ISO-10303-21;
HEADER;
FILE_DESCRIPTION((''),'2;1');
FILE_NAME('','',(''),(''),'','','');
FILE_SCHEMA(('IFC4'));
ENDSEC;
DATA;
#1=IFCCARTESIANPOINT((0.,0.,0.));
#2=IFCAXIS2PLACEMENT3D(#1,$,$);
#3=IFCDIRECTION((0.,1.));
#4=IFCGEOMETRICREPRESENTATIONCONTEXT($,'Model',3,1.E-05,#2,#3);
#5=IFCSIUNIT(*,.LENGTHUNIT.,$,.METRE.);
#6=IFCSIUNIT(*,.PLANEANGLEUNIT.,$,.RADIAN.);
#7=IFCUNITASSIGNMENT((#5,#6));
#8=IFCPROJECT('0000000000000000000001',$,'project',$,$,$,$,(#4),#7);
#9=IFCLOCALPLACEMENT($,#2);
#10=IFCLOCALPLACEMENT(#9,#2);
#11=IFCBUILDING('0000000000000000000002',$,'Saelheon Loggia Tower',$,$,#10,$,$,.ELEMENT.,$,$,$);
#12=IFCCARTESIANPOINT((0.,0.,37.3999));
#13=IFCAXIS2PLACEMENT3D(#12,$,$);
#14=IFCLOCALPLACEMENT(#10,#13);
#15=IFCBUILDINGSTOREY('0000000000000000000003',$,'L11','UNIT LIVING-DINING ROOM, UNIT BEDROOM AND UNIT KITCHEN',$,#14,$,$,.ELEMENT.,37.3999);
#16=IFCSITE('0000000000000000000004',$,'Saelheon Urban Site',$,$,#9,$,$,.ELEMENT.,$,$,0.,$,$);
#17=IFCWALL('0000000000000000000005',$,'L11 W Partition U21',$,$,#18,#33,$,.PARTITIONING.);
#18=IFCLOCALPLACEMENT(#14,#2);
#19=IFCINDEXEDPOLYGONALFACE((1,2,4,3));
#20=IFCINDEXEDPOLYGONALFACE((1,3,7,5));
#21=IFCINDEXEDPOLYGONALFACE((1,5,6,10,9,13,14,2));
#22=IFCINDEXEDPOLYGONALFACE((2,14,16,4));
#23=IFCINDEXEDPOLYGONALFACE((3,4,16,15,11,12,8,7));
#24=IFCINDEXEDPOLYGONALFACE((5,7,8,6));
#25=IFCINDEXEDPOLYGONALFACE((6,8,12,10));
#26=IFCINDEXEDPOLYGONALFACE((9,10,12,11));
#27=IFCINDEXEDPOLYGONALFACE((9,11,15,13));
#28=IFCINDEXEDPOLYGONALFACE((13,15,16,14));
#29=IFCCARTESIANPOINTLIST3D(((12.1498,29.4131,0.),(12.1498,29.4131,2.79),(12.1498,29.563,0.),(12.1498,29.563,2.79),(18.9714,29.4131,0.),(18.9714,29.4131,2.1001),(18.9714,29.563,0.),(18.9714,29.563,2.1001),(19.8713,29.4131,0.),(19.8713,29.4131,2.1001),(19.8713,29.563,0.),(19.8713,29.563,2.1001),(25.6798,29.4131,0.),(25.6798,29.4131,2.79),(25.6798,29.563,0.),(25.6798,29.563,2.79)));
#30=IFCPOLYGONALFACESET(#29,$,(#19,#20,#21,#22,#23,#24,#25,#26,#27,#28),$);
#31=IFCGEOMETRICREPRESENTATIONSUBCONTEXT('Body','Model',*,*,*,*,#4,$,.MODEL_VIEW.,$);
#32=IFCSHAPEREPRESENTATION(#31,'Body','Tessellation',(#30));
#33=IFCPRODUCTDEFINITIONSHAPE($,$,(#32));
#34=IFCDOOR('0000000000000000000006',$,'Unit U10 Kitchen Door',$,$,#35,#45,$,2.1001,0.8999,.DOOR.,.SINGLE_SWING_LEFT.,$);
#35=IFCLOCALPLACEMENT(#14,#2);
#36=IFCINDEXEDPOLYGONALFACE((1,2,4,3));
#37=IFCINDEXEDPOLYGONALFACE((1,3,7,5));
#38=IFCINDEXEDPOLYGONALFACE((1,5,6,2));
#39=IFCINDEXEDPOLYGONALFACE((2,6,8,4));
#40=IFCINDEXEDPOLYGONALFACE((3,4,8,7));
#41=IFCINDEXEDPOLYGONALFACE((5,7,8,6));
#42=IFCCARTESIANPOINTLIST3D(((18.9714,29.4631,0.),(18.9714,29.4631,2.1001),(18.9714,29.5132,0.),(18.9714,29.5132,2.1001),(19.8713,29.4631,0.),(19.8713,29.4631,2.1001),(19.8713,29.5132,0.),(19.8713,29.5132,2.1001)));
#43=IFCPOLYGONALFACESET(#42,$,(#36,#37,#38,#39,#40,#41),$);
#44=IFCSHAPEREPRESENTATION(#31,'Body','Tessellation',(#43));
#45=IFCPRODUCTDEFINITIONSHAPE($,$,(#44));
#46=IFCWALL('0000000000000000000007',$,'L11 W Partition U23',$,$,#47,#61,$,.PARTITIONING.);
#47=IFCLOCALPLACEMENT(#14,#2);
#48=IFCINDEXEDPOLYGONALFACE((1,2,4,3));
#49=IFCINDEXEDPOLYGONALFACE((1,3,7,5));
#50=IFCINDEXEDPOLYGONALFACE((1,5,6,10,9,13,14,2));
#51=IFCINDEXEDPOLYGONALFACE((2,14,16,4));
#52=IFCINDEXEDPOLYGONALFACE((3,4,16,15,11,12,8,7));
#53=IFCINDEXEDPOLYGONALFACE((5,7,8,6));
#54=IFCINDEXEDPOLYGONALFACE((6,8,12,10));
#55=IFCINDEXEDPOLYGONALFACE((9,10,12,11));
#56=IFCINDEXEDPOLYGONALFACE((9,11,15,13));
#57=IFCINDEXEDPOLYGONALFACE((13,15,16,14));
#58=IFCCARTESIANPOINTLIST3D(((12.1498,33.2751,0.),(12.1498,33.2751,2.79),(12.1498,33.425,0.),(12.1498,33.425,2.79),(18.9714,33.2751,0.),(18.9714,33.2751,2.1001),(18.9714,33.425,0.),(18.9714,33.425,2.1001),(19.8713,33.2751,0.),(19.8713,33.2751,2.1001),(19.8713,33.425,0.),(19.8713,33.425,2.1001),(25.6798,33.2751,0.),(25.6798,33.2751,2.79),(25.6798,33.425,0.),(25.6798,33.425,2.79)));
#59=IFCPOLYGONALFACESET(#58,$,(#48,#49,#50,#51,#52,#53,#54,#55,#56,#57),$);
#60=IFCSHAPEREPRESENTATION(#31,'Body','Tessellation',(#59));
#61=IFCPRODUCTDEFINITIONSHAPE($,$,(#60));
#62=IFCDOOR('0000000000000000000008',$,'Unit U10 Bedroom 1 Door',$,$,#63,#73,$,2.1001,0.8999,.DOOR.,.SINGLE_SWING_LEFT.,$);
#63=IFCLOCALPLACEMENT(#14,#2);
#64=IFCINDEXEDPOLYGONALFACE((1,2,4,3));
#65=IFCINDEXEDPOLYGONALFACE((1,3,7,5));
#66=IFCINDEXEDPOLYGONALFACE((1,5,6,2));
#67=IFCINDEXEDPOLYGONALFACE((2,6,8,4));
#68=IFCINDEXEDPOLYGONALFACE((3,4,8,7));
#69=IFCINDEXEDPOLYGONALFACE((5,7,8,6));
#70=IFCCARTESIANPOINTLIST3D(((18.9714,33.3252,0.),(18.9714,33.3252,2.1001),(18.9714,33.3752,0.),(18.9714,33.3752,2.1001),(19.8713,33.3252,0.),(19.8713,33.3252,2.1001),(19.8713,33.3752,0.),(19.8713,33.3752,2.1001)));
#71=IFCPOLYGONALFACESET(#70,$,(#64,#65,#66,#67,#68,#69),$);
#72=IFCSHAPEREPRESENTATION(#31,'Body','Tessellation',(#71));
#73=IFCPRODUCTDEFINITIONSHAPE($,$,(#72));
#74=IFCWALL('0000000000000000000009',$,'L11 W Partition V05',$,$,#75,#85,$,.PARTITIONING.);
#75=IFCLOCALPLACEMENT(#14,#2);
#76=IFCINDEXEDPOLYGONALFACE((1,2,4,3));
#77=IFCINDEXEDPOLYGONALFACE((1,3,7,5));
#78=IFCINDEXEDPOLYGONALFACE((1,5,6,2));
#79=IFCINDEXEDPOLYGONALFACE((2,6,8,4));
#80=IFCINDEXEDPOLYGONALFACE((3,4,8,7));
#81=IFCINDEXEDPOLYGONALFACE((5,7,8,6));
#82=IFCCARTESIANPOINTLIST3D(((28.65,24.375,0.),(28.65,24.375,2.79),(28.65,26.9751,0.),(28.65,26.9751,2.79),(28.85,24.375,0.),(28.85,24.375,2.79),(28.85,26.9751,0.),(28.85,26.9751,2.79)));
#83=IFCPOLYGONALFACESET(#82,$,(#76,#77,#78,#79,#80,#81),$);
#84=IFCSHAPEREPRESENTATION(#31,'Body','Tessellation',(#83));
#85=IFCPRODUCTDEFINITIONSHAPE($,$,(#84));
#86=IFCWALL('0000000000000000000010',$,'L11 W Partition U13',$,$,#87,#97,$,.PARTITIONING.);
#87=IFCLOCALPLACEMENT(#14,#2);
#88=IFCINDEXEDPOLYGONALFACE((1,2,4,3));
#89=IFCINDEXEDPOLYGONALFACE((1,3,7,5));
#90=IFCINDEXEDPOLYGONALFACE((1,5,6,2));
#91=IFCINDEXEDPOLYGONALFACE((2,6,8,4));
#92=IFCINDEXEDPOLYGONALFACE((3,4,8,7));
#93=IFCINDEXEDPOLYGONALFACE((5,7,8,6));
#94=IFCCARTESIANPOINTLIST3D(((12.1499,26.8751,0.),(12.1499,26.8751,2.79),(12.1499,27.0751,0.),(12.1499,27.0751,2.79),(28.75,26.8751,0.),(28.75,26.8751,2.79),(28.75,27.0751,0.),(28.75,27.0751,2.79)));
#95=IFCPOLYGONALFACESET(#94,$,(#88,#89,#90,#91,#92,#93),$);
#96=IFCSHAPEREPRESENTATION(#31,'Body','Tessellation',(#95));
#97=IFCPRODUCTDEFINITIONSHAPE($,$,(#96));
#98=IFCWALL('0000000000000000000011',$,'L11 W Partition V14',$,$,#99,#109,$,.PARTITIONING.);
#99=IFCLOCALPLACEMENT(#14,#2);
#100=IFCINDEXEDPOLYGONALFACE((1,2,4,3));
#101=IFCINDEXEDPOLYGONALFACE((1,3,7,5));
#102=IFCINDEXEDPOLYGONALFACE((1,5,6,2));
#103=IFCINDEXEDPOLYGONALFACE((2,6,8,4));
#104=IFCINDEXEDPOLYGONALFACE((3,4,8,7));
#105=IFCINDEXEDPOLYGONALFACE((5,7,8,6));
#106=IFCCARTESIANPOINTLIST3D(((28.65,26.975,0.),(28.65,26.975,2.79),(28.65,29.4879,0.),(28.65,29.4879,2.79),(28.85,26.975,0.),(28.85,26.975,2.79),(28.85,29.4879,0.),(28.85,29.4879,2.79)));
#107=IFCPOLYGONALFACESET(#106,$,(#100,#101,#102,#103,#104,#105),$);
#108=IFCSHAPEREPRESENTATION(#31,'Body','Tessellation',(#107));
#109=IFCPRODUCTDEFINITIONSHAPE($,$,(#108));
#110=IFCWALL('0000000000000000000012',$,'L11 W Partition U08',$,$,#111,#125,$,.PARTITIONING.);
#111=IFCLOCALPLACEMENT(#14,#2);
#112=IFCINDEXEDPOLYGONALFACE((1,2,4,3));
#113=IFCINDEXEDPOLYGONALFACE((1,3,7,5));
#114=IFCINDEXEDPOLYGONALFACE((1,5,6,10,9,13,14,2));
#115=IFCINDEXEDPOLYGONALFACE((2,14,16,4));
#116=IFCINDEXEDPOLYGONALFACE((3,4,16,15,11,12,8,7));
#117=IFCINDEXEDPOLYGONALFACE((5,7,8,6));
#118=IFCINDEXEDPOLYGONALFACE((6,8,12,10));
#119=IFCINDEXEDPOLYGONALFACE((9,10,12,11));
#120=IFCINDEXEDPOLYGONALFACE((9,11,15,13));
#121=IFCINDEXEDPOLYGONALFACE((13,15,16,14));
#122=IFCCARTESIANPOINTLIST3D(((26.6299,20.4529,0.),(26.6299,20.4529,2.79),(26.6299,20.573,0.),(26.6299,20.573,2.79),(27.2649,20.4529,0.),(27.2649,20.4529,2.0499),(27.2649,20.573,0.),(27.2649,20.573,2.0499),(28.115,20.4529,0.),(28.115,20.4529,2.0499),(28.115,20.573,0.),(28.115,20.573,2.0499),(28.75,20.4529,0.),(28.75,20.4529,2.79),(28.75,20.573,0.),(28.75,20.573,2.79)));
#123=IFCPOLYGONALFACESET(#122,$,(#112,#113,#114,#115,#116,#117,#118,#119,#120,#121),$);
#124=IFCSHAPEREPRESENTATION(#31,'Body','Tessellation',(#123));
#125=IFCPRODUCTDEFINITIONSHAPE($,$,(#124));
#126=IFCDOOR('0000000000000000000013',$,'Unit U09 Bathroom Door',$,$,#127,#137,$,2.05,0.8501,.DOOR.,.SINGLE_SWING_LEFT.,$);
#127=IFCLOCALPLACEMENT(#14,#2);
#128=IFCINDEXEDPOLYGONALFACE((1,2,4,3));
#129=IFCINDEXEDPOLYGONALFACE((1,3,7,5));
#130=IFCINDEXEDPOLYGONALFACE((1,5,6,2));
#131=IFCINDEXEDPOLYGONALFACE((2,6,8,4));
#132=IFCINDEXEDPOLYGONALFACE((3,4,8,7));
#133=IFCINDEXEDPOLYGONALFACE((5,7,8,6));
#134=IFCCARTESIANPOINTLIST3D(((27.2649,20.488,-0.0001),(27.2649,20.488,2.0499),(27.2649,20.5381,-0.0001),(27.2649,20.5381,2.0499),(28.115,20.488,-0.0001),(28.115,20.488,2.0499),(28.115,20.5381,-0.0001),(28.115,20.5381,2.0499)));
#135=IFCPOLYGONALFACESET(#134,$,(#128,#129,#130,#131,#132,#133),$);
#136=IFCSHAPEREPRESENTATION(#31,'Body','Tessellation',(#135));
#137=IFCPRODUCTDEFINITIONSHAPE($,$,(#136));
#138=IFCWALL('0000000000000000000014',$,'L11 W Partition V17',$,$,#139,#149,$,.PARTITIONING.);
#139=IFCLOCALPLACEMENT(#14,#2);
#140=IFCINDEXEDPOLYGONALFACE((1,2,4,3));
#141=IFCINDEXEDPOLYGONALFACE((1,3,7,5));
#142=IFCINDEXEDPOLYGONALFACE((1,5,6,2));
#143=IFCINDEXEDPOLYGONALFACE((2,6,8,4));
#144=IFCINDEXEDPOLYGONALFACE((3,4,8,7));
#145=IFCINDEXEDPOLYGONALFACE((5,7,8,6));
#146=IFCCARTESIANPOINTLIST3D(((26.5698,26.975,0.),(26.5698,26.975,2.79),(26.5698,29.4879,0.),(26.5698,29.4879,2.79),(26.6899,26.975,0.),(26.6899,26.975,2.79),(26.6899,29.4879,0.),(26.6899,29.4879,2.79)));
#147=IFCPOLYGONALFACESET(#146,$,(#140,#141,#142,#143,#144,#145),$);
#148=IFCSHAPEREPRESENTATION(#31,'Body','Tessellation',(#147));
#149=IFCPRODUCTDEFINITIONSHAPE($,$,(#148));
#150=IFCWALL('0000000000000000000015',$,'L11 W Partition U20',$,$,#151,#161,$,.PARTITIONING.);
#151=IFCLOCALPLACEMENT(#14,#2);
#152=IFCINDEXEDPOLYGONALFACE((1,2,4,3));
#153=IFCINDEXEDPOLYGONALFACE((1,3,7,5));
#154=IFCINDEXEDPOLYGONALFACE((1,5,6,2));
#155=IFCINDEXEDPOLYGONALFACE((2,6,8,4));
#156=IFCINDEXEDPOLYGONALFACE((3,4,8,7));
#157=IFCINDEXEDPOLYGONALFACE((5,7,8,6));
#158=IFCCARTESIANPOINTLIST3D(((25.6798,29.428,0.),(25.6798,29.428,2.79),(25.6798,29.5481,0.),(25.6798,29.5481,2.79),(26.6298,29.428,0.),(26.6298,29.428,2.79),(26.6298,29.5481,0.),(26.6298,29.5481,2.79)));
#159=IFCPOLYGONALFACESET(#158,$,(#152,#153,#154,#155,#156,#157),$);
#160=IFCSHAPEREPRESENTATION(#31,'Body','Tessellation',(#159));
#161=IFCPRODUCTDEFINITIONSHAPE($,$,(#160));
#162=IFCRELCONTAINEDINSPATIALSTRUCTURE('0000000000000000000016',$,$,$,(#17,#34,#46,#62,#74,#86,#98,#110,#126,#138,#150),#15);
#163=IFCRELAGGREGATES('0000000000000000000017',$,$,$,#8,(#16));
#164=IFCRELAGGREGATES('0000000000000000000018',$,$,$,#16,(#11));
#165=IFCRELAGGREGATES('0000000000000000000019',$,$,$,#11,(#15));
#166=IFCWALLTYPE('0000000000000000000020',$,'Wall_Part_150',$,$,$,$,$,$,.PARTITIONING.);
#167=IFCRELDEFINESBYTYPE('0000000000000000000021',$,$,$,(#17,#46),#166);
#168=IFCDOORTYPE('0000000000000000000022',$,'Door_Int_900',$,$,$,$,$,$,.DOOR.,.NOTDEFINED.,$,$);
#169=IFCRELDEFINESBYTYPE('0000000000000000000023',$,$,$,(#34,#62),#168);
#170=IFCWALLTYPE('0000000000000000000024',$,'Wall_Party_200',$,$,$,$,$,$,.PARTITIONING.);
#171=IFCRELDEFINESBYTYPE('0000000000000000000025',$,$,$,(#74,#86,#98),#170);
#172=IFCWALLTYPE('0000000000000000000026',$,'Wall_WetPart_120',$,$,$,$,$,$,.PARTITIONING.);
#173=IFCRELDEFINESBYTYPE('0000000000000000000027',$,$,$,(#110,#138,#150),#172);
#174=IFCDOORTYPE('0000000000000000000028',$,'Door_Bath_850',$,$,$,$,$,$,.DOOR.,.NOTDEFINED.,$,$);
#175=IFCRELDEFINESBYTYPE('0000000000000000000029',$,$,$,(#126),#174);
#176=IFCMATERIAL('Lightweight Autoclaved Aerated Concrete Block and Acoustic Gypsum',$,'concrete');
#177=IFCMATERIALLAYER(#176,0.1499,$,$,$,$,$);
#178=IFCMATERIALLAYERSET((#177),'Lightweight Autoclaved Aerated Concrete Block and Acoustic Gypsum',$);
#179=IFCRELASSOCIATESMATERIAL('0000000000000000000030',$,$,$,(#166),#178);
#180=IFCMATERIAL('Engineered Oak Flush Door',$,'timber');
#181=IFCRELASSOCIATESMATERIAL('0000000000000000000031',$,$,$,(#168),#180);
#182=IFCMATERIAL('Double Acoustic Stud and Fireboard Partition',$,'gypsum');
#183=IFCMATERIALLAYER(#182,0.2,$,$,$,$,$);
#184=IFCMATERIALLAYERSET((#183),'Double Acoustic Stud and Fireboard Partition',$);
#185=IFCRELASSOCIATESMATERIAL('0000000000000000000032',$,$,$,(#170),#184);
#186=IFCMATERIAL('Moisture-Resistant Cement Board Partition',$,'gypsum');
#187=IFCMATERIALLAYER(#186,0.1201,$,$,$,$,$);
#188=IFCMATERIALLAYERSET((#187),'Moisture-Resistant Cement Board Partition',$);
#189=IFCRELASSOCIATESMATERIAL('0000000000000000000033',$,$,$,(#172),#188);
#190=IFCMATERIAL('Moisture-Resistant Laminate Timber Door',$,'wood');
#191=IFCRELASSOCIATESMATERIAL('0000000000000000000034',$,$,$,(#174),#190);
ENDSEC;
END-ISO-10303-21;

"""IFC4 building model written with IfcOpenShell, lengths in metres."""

from ifc_helpers import new_model, si_unit, direction, frame, frame_2d, origin, place, context, subcontext, project, spatial, rectangle, extrude, source, transform, mapped, material, layer, layer_set, type_object, element, fill, save


model = new_model("IFC4")

# Units and contexts
model_context = context("Model", 3, precision=1e-05, world=origin(), true_north=direction((0.0, 1.0)))
body_context = subcontext(model_context, "Body", "Model", "MODEL_VIEW")
ifc_project = project(units=[si_unit("LENGTHUNIT", "METRE"), si_unit("PLANEANGLEUNIT", "RADIAN")], contexts=[model_context])

# Site, building, storey
site_placement = place(None, origin())
site = spatial("IfcSite", under=ifc_project, at=site_placement, Name="Saelheon Urban Site", CompositionType="ELEMENT", RefElevation=0.0)
building_placement = place(site_placement, origin())
building = spatial("IfcBuilding", under=site, at=building_placement, Name="Saelheon Loggia Tower", CompositionType="ELEMENT")
storey_placement = place(building_placement, frame((0.0, 0.0, 37.3999)))
storey = spatial("IfcBuildingStorey", under=building, at=storey_placement, Name="L11", Description="UNIT LIVING-DINING ROOM, UNIT BEDROOM AND UNIT KITCHEN", CompositionType="ELEMENT", Elevation=37.3999)

# Shared definitions
ifc_material_1 = material(Name="Lightweight Autoclaved Aerated Concrete Block and Acoustic Gypsum", Category="concrete")
ifc_layer_1 = layer(ifc_material_1, 0.1499)
ifc_layer_set_1 = layer_set([ifc_layer_1], Name="Lightweight Autoclaved Aerated Concrete Block and Acoustic Gypsum")
wall_type_1 = type_object("IfcWallType", Name="Wall_Part_150", PredefinedType="PARTITIONING", material=ifc_layer_set_1)

# Shared definitions
ifc_material_2 = material(Name="Engineered Oak Flush Door", Category="timber")
door_type_1 = type_object("IfcDoorType", Name="Door_Int_900", OperationType="NOTDEFINED", PredefinedType="DOOR", material=ifc_material_2)
shared_shape_1 = source(origin(), body_context, "Body", "SweptSolid", [
    extrude(rectangle(XDim=0.8999, YDim=2.1001, at=frame_2d((0.45, 1.05))), frame((0.0, 0.0249, 0.0), z_axis=(0.0, -1.0, 0.0), x_axis=(1.0, 0.0, 0.0)), (0.0, 0.0, 1.0), 0.05),
])

# Walls, openings, doors
wall_1_placement = place(storey_placement, frame((25.6799, 29.488, 0.0), z_axis=(0.0, 0.0, 1.0), x_axis=(-1.0, 0.0, 0.0)))
wall_1 = element("IfcWall", 1, at=wall_1_placement, inside=storey, type_object=wall_type_1, Name="L11 W Partition U21", PredefinedType="PARTITIONING", context=body_context, shape_type="SweptSolid", body=[
    extrude(rectangle(XDim=13.53, YDim=0.1499, at=frame_2d((6.7651, 0.0))), origin(), (0.0, 0.0, 1.0), 2.79),
])
opening_1_placement = place(wall_1_placement, frame((5.8086, 0.0, 0.0)))
opening_1 = element("IfcOpeningElement", 2, at=opening_1_placement, cuts=wall_1, PredefinedType="OPENING", context=body_context, shape_type="SweptSolid", body=[
    extrude(rectangle(XDim=0.8999, YDim=2.1001, at=frame_2d((0.45, 1.05))), frame((0.0, 0.0869, 0.0), z_axis=(0.0, -1.0, 0.0), x_axis=(1.0, 0.0, 0.0)), (0.0, 0.0, 1.0), 0.1738),
])
door_1_placement = place(opening_1_placement, origin())
door_1 = element("IfcDoor", 3, at=door_1_placement, inside=storey, type_object=door_type_1, Name="Unit U10 Kitchen Door", OperationType="SINGLE_SWING_LEFT", OverallHeight=2.1001, OverallWidth=0.8999, PredefinedType="DOOR", context=body_context, shape_type="MappedRepresentation", body=[
    mapped(shared_shape_1, transform((0.0, 0.0, 0.0), scale=1.0)),
])
fill(opening_1, door_1)
wall_2_placement = place(storey_placement, frame((25.6799, 33.3501, 0.0), z_axis=(0.0, 0.0, 1.0), x_axis=(-1.0, 0.0, 0.0)))
wall_2 = element("IfcWall", 4, at=wall_2_placement, inside=storey, type_object=wall_type_1, Name="L11 W Partition U23", PredefinedType="PARTITIONING", context=body_context, shape_type="SweptSolid", body=[
    extrude(rectangle(XDim=13.53, YDim=0.1499, at=frame_2d((6.7651, 0.0))), origin(), (0.0, 0.0, 1.0), 2.79),
])
opening_2_placement = place(wall_2_placement, frame((5.8086, 0.0, 0.0)))
opening_2 = element("IfcOpeningElement", 5, at=opening_2_placement, cuts=wall_2, PredefinedType="OPENING", context=body_context, shape_type="SweptSolid", body=[
    extrude(rectangle(XDim=0.8999, YDim=2.1001, at=frame_2d((0.45, 1.05))), frame((0.0, 0.0869, 0.0), z_axis=(0.0, -1.0, 0.0), x_axis=(1.0, 0.0, 0.0)), (0.0, 0.0, 1.0), 0.1738),
])
door_2_placement = place(opening_2_placement, origin())
door_2 = element("IfcDoor", 6, at=door_2_placement, inside=storey, type_object=door_type_1, Name="Unit U10 Bedroom 1 Door", OperationType="SINGLE_SWING_LEFT", OverallHeight=2.1001, OverallWidth=0.8999, PredefinedType="DOOR", context=body_context, shape_type="MappedRepresentation", body=[
    mapped(shared_shape_1, transform((0.0, 0.0, 0.0), scale=1.0)),
])
fill(opening_2, door_2)
ifc_material_3 = material(Name="Double Acoustic Stud and Fireboard Partition", Category="gypsum")
ifc_layer_2 = layer(ifc_material_3, 0.2)
ifc_layer_set_2 = layer_set([ifc_layer_2], Name="Double Acoustic Stud and Fireboard Partition")
wall_type_2 = type_object("IfcWallType", Name="Wall_Party_200", PredefinedType="PARTITIONING", material=ifc_layer_set_2)

# Walls
wall_3_placement = place(storey_placement, frame((28.75, 24.375, 0.0), z_axis=(0.0, 0.0, 1.0), x_axis=(0.0, 1.0, 0.0)))
element("IfcWall", 7, at=wall_3_placement, inside=storey, type_object=wall_type_2, Name="L11 W Partition V05", PredefinedType="PARTITIONING", context=body_context, shape_type="SweptSolid", body=[
    extrude(rectangle(XDim=2.6001, YDim=0.2, at=frame_2d((1.3, 0.0))), origin(), (0.0, 0.0, 1.0), 2.79),
])
wall_4_placement = place(storey_placement, frame((28.75, 26.9751, 0.0), z_axis=(0.0, 0.0, 1.0), x_axis=(-1.0, 0.0, 0.0)))
element("IfcWall", 8, at=wall_4_placement, inside=storey, type_object=wall_type_2, Name="L11 W Partition U13", PredefinedType="PARTITIONING", context=body_context, shape_type="SweptSolid", body=[
    extrude(rectangle(XDim=16.6001, YDim=0.2, at=frame_2d((8.3, 0.0))), origin(), (0.0, 0.0, 1.0), 2.79),
])
wall_5_placement = place(storey_placement, frame((28.75, 26.9751, 0.0), z_axis=(0.0, 0.0, 1.0), x_axis=(0.0, 1.0, 0.0)))
element("IfcWall", 9, at=wall_5_placement, inside=storey, type_object=wall_type_2, Name="L11 W Partition V14", PredefinedType="PARTITIONING", context=body_context, shape_type="SweptSolid", body=[
    extrude(rectangle(XDim=2.5129, YDim=0.2, at=frame_2d((1.2563, 0.0))), origin(), (0.0, 0.0, 1.0), 2.79),
])

# Wall, opening, door
ifc_material_4 = material(Name="Moisture-Resistant Cement Board Partition", Category="gypsum")
ifc_layer_3 = layer(ifc_material_4, 0.1201)
ifc_layer_set_3 = layer_set([ifc_layer_3], Name="Moisture-Resistant Cement Board Partition")
wall_type_3 = type_object("IfcWallType", Name="Wall_WetPart_120", PredefinedType="PARTITIONING", material=ifc_layer_set_3)
wall_6_placement = place(storey_placement, frame((28.75, 20.5129, 0.0), z_axis=(0.0, 0.0, 1.0), x_axis=(-1.0, 0.0, 0.0)))
wall_6 = element("IfcWall", 10, at=wall_6_placement, inside=storey, type_object=wall_type_3, Name="L11 W Partition U08", PredefinedType="PARTITIONING", context=body_context, shape_type="SweptSolid", body=[
    extrude(rectangle(XDim=2.1201, YDim=0.1201, at=frame_2d((1.0601, 0.0))), origin(), (0.0, 0.0, 1.0), 2.79),
])
opening_3_placement = place(wall_6_placement, frame((0.635, 0.0, 0.0)))
opening_3 = element("IfcOpeningElement", 11, at=opening_3_placement, cuts=wall_6, PredefinedType="OPENING", context=body_context, shape_type="SweptSolid", body=[
    extrude(rectangle(XDim=0.8501, YDim=2.05, at=frame_2d((0.425, 1.0249))), frame((0.0, 0.072, 0.0), z_axis=(0.0, -1.0, 0.0), x_axis=(1.0, 0.0, 0.0)), (0.0, 0.0, 1.0), 0.144),
])
ifc_material_5 = material(Name="Moisture-Resistant Laminate Timber Door", Category="wood")
door_type_2 = type_object("IfcDoorType", Name="Door_Bath_850", OperationType="NOTDEFINED", PredefinedType="DOOR", material=ifc_material_5)
shared_shape_2 = source(origin(), body_context, "Body", "SweptSolid", [
    extrude(rectangle(XDim=0.8501, YDim=2.05, at=frame_2d((0.425, 1.0249))), frame((0.0, 0.0249, 0.0), z_axis=(0.0, -1.0, 0.0), x_axis=(1.0, 0.0, 0.0)), (0.0, 0.0, 1.0), 0.05),
])
door_3_placement = place(opening_3_placement, origin())
door_3 = element("IfcDoor", 12, at=door_3_placement, inside=storey, type_object=door_type_2, Name="Unit U09 Bathroom Door", OperationType="SINGLE_SWING_LEFT", OverallHeight=2.05, OverallWidth=0.8501, PredefinedType="DOOR", context=body_context, shape_type="MappedRepresentation", body=[
    mapped(shared_shape_2, transform((0.0, 0.0, 0.0), scale=1.0)),
])
fill(opening_3, door_3)

# Walls
wall_7_placement = place(storey_placement, frame((26.6299, 26.9751, 0.0), z_axis=(0.0, 0.0, 1.0), x_axis=(0.0, 1.0, 0.0)))
element("IfcWall", 13, at=wall_7_placement, inside=storey, type_object=wall_type_3, Name="L11 W Partition V17", PredefinedType="PARTITIONING", context=body_context, shape_type="SweptSolid", body=[
    extrude(rectangle(XDim=2.5129, YDim=0.1201, at=frame_2d((1.2563, 0.0))), origin(), (0.0, 0.0, 1.0), 2.79),
])
wall_8_placement = place(storey_placement, frame((26.6299, 29.488, 0.0), z_axis=(0.0, 0.0, 1.0), x_axis=(-1.0, 0.0, 0.0)))
element("IfcWall", 14, at=wall_8_placement, inside=storey, type_object=wall_type_3, Name="L11 W Partition U20", PredefinedType="PARTITIONING", context=body_context, shape_type="SweptSolid", body=[
    extrude(rectangle(XDim=0.95, YDim=0.1201, at=frame_2d((0.4751, 0.0))), origin(), (0.0, 0.0, 1.0), 2.79),
])

save(model, "model.ifc")
